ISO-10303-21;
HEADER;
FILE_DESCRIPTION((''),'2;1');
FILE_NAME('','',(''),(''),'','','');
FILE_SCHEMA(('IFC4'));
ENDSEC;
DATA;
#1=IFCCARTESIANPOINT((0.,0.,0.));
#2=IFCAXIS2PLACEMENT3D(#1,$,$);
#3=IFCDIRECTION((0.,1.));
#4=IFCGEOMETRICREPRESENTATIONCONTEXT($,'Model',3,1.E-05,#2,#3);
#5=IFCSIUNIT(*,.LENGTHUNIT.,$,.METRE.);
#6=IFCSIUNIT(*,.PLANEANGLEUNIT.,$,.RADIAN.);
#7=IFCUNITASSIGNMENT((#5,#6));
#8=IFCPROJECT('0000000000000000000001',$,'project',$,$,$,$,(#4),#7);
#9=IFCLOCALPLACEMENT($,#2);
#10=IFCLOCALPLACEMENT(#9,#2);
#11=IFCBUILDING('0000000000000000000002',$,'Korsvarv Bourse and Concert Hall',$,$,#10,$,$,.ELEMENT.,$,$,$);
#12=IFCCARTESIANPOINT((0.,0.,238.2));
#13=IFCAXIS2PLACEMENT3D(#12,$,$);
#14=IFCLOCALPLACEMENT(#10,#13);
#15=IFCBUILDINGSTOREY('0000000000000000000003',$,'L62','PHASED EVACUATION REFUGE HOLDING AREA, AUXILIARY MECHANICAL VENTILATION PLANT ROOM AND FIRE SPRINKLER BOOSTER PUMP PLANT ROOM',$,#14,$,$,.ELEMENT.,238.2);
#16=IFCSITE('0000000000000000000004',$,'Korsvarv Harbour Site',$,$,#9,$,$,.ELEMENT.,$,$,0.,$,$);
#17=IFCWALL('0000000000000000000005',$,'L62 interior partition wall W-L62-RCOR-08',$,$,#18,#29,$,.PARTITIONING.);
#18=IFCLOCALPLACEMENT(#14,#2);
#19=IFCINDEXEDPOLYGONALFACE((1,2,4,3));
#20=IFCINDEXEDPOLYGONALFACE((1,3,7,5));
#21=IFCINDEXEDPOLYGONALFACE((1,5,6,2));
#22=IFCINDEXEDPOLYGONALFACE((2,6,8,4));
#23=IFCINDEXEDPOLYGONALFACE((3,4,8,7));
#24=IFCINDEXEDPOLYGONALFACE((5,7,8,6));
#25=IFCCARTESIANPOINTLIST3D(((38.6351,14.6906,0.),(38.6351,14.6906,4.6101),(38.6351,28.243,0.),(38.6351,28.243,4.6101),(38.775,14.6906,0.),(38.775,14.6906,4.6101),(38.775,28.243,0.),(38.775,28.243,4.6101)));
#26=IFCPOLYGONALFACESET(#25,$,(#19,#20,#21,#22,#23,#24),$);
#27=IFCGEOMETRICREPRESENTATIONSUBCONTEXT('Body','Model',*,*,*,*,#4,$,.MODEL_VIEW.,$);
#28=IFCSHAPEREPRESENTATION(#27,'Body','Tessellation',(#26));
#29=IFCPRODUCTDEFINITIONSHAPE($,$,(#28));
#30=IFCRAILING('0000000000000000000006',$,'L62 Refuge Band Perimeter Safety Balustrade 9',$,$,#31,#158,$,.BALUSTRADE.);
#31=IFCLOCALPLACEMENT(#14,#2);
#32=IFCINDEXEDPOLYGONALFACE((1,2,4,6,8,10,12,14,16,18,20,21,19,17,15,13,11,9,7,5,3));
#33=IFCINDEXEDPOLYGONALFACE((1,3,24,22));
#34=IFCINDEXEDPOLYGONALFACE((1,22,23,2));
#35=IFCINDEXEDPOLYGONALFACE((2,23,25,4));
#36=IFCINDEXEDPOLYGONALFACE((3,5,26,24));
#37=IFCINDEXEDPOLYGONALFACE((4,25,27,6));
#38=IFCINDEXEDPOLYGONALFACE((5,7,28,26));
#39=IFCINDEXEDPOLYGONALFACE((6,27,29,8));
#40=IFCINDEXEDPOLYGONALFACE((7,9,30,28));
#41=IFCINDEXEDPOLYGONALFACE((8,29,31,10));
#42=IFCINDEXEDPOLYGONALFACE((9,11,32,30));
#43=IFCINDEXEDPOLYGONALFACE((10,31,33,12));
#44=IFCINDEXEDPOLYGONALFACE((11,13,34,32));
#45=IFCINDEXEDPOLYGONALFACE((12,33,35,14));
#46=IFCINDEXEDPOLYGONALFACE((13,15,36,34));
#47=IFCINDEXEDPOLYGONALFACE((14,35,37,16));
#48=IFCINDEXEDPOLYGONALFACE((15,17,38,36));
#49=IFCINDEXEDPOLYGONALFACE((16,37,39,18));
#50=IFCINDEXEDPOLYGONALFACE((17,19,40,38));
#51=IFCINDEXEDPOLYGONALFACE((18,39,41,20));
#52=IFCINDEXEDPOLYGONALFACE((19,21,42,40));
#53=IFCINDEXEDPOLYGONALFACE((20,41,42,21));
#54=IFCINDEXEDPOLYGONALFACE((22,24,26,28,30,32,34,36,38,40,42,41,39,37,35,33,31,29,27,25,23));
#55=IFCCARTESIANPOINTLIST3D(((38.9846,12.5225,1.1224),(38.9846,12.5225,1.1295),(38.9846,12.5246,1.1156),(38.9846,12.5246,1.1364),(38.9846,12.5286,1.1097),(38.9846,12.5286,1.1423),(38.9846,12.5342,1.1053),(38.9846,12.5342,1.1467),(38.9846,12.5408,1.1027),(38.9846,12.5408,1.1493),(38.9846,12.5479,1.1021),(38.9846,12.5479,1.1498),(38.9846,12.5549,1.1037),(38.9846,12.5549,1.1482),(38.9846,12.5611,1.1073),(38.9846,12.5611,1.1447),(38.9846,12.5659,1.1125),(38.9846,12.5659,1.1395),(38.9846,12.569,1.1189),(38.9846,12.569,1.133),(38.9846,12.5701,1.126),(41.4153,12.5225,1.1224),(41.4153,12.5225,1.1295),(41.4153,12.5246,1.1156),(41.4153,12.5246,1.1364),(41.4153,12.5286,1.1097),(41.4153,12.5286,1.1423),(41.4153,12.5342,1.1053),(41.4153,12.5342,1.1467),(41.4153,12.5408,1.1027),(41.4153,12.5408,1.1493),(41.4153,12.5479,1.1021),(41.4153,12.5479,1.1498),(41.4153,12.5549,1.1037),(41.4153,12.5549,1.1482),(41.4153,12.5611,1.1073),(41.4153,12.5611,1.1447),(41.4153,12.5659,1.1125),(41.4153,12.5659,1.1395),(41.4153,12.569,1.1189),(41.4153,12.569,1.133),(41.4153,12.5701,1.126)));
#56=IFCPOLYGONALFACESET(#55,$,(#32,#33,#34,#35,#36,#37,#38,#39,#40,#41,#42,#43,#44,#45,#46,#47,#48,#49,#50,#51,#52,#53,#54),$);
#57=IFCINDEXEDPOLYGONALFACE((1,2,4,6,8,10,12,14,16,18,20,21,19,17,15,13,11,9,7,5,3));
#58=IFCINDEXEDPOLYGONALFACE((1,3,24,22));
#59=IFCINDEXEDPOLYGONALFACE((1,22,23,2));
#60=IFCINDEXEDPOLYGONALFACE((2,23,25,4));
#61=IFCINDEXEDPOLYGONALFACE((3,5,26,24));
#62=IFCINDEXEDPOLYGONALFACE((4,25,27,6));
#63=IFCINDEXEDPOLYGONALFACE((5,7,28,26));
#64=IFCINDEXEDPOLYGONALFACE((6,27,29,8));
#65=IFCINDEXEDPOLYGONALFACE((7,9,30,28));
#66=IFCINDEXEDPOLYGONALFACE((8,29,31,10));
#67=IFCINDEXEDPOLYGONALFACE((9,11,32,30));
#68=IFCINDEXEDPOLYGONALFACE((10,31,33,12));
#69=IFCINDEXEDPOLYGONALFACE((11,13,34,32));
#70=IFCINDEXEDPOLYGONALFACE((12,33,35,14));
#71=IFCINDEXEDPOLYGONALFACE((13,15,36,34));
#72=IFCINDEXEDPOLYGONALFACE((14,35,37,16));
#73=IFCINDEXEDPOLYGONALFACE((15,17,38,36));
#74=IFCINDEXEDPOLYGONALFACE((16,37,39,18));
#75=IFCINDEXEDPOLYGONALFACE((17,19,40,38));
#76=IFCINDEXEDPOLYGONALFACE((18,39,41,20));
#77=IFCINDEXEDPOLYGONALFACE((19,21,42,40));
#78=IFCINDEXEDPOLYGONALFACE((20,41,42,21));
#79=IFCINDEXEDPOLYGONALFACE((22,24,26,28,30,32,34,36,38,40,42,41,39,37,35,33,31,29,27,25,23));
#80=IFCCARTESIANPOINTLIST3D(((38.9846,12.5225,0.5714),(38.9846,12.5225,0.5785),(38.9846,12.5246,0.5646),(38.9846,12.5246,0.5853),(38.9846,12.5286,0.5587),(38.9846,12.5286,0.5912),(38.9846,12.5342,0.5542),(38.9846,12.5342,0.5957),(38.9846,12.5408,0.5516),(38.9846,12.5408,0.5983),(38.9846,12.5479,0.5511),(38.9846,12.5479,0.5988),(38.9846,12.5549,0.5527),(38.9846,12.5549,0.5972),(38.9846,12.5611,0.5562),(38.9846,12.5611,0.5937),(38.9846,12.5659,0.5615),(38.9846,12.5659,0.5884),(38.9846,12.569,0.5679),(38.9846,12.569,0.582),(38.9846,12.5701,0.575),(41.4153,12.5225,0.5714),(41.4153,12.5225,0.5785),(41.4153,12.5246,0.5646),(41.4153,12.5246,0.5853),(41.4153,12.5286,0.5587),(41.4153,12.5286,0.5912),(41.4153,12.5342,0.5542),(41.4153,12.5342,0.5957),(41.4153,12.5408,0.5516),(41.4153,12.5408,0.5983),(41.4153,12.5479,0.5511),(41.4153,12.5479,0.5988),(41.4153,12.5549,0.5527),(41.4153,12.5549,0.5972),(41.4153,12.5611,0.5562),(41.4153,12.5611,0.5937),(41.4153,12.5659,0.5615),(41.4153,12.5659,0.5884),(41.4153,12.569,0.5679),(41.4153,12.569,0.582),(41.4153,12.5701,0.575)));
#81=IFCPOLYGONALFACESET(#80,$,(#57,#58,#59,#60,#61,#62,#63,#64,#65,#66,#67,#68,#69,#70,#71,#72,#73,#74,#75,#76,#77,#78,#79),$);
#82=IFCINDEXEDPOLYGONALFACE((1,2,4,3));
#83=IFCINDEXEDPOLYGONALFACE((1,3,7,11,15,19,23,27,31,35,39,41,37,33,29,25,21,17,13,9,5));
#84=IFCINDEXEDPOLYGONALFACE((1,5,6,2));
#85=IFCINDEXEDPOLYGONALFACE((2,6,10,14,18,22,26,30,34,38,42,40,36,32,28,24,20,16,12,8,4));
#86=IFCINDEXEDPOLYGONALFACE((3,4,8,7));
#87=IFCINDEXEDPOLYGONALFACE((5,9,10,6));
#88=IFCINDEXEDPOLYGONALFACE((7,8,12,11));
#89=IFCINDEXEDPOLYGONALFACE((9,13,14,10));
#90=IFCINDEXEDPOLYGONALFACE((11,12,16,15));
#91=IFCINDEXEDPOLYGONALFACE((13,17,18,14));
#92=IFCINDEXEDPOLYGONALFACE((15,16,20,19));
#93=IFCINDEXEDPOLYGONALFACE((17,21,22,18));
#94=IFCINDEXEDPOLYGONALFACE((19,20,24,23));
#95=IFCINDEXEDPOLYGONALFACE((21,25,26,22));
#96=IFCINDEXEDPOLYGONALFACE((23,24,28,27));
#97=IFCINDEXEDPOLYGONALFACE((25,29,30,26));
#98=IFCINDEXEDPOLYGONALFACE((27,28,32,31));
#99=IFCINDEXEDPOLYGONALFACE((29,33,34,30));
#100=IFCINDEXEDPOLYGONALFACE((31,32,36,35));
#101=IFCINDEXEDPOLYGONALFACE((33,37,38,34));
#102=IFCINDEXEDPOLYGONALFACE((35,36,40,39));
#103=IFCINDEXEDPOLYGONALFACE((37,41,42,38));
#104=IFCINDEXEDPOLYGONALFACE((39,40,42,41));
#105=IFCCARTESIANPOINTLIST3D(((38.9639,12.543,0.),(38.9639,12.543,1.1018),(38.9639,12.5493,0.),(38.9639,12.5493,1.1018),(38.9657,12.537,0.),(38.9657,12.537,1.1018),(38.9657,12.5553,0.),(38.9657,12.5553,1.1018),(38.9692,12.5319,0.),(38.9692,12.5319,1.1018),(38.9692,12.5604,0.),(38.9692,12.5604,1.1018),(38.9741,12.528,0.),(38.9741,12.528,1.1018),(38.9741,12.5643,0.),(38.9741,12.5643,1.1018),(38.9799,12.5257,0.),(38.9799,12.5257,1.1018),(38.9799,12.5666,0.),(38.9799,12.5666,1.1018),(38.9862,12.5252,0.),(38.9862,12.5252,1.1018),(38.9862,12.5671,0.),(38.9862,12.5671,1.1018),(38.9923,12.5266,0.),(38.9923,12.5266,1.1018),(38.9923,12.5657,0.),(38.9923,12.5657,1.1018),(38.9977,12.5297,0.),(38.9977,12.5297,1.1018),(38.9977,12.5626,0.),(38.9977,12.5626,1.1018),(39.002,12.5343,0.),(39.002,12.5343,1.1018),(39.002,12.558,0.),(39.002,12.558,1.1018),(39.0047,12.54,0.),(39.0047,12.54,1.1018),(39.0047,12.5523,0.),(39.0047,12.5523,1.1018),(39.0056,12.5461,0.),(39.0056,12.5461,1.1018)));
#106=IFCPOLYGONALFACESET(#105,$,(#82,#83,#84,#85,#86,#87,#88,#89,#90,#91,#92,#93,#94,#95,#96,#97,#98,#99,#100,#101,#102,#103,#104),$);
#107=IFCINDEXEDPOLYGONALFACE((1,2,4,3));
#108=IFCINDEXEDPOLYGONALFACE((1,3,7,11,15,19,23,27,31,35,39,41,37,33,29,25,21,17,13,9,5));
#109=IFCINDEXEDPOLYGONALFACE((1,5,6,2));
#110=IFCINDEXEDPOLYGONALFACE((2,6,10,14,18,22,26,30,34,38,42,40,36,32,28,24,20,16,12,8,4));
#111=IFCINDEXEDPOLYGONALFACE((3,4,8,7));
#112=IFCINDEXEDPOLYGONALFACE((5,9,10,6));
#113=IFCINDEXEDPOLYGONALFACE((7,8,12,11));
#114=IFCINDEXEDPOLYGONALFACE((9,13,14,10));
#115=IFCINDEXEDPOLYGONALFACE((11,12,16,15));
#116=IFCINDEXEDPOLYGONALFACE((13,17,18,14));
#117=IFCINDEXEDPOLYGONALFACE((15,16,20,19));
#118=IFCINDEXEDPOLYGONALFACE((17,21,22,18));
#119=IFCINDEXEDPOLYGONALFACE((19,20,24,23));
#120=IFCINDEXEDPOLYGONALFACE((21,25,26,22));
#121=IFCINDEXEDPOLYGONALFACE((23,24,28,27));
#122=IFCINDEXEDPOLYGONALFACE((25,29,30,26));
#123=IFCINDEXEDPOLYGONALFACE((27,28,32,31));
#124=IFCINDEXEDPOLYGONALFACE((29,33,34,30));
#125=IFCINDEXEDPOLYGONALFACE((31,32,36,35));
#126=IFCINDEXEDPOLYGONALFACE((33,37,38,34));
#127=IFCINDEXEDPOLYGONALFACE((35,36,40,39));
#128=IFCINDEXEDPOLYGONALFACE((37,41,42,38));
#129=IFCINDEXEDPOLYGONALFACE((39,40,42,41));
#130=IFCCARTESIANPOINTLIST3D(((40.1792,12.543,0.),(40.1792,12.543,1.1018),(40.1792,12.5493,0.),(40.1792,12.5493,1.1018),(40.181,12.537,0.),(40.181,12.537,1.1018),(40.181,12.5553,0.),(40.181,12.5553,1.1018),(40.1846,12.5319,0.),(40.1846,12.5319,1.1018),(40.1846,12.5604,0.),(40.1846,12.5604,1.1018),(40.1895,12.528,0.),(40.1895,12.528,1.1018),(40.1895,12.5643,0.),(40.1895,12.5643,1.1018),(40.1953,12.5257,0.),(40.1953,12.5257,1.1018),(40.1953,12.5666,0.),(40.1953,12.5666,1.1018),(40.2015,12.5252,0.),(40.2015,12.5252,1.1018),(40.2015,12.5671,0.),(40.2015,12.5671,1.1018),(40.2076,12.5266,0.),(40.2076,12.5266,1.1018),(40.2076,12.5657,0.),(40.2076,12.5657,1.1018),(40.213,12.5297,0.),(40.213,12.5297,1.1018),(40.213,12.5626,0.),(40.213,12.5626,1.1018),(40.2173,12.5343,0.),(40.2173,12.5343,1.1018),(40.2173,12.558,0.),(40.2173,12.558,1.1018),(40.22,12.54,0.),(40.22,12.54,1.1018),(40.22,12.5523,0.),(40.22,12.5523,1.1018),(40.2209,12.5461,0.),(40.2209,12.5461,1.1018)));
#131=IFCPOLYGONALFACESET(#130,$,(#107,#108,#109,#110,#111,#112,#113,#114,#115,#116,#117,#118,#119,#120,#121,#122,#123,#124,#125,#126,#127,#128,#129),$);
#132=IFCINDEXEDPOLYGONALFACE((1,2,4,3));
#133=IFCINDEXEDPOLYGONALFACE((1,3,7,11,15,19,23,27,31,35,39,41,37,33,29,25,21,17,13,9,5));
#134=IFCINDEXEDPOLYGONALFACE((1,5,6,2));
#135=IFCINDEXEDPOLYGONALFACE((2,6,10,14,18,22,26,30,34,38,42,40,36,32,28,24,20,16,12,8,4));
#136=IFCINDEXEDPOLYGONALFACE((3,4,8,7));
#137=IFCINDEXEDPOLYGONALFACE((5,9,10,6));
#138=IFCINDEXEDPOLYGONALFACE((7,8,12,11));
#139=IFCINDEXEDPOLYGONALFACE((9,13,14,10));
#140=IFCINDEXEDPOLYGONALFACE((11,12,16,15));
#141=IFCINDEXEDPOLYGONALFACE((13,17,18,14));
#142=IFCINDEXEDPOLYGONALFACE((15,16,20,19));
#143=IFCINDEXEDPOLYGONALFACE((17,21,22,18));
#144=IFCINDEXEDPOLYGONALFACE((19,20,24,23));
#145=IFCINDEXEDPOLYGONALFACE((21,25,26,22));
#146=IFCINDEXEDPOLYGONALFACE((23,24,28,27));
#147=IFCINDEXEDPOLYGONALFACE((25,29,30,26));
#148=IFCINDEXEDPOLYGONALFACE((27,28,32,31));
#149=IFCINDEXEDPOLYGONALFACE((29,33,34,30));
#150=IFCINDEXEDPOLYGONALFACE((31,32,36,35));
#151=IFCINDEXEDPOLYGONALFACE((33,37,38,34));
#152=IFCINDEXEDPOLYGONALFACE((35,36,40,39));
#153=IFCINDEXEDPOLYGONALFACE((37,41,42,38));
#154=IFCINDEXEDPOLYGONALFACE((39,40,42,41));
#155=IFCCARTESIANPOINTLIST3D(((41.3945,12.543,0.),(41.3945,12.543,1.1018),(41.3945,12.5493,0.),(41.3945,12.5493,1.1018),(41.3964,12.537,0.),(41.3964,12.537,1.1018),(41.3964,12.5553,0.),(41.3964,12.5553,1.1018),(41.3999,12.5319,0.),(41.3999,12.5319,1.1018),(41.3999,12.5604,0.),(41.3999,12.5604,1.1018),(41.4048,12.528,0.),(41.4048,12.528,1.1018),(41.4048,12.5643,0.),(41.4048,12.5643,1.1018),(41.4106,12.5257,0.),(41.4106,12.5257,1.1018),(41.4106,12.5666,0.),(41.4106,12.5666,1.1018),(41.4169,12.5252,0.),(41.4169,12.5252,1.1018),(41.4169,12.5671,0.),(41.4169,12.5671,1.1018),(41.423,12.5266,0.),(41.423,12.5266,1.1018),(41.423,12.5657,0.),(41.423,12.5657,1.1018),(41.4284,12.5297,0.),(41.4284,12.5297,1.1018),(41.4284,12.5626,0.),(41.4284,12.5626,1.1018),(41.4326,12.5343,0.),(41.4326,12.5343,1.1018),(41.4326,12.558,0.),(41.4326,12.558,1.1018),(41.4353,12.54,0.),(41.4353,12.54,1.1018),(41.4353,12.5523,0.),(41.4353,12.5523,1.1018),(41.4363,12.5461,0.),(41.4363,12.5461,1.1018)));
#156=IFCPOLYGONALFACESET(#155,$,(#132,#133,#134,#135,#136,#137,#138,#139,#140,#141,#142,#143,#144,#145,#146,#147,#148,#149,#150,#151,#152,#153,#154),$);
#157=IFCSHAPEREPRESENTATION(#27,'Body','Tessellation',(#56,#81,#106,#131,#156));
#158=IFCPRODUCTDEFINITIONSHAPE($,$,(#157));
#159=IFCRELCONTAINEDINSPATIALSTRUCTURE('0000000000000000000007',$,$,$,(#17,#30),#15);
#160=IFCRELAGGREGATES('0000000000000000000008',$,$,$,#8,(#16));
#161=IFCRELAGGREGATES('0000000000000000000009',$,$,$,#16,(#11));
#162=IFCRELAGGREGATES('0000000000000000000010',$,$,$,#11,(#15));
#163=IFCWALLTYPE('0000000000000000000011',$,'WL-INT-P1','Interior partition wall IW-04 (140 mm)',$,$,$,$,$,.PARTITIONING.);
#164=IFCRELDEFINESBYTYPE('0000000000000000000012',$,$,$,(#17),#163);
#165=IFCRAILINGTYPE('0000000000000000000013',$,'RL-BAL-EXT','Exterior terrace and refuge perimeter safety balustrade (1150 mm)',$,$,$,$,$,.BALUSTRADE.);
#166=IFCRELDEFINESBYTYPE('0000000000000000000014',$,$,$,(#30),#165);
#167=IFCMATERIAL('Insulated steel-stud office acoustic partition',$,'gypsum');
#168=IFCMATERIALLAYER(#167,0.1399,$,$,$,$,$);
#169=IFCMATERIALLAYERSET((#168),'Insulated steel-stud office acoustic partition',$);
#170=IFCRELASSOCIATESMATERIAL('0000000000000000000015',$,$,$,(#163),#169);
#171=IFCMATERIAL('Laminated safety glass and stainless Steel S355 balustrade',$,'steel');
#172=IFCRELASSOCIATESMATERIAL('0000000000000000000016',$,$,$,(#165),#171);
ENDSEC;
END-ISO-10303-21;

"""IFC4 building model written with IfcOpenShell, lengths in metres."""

from ifc_helpers import new_model, si_unit, direction, frame, frame_2d, origin, origin_2d, place, context, subcontext, project, spatial, rectangle, circle, extrude, material, layer, layer_set, type_object, element, save


model = new_model("IFC4")

# Units and contexts
model_context = context("Model", 3, precision=1e-05, world=origin(), true_north=direction((0.0, 1.0)))
body_context = subcontext(model_context, "Body", "Model", "MODEL_VIEW")
ifc_project = project(units=[si_unit("LENGTHUNIT", "METRE"), si_unit("PLANEANGLEUNIT", "RADIAN")], contexts=[model_context])

# Site, building, storey
site_placement = place(None, origin())
site = spatial("IfcSite", under=ifc_project, at=site_placement, Name="Korsvarv Harbour Site", CompositionType="ELEMENT", RefElevation=0.0)
building_placement = place(site_placement, origin())
building = spatial("IfcBuilding", under=site, at=building_placement, Name="Korsvarv Bourse and Concert Hall", CompositionType="ELEMENT")
storey_placement = place(building_placement, frame((0.0, 0.0, 238.2)))
storey = spatial("IfcBuildingStorey", under=building, at=storey_placement, Name="L62", Description="PHASED EVACUATION REFUGE HOLDING AREA, AUXILIARY MECHANICAL VENTILATION PLANT ROOM AND FIRE SPRINKLER BOOSTER PUMP PLANT ROOM", CompositionType="ELEMENT", Elevation=238.2)

# Wall
ifc_material_1 = material(Name="Insulated steel-stud office acoustic partition", Category="gypsum")
ifc_layer_1 = layer(ifc_material_1, 0.1399)
ifc_layer_set_1 = layer_set([ifc_layer_1], Name="Insulated steel-stud office acoustic partition")
wall_type = type_object("IfcWallType", Name="WL-INT-P1", Description="Interior partition wall IW-04 (140 mm)", PredefinedType="PARTITIONING", material=ifc_layer_set_1)
wall_placement = place(storey_placement, frame((38.7051, 14.6904, 0.0), z_axis=(0.0, 0.0, 1.0), x_axis=(0.0, 1.0, 0.0)))
element("IfcWall", 1, at=wall_placement, inside=storey, type_object=wall_type, Name="L62 interior partition wall W-L62-RCOR-08", PredefinedType="PARTITIONING", context=body_context, shape_type="SweptSolid", body=[
    extrude(rectangle(XDim=13.5525, YDim=0.1399, at=frame_2d((6.7764, 0.0))), origin(), (0.0, 0.0, 1.0), 4.6101),
])

# Railing
ifc_material_2 = material(Name="Laminated safety glass and stainless Steel S355 balustrade", Category="steel")
railing_type = type_object("IfcRailingType", Name="RL-BAL-EXT", Description="Exterior terrace and refuge perimeter safety balustrade (1150 mm)", PredefinedType="BALUSTRADE", material=ifc_material_2)
railing_1_placement = place(storey_placement, frame((38.9846, 12.5461, 0.0)))
element("IfcRailing", 2, at=railing_1_placement, inside=storey, type_object=railing_type, Name="L62 Refuge Band Perimeter Safety Balustrade 9", PredefinedType="BALUSTRADE", context=body_context, shape_type="SweptSolid", body=[
    extrude(circle(Radius=0.0239, at=origin_2d()), frame((0.0, 0.0, 1.126), z_axis=(1.0, 0.0, 0.0), x_axis=(0.0, 1.0, 0.0)), (0.0, 0.0, 1.0), 2.4307),
    extrude(circle(Radius=0.0239, at=origin_2d()), frame((0.0, 0.0, 0.575), z_axis=(1.0, 0.0, 0.0), x_axis=(0.0, 1.0, 0.0)), (0.0, 0.0, 1.0), 2.4307),
    extrude(circle(Radius=0.021, at=origin_2d()), origin(), (0.0, 0.0, 1.0), 1.1018),
    extrude(circle(Radius=0.021, at=origin_2d()), frame((1.2153, 0.0, 0.0)), (0.0, 0.0, 1.0), 1.1018),
    extrude(circle(Radius=0.021, at=origin_2d()), frame((2.4307, 0.0, 0.0)), (0.0, 0.0, 1.0), 1.1018),
])

save(model, "model.ifc")
